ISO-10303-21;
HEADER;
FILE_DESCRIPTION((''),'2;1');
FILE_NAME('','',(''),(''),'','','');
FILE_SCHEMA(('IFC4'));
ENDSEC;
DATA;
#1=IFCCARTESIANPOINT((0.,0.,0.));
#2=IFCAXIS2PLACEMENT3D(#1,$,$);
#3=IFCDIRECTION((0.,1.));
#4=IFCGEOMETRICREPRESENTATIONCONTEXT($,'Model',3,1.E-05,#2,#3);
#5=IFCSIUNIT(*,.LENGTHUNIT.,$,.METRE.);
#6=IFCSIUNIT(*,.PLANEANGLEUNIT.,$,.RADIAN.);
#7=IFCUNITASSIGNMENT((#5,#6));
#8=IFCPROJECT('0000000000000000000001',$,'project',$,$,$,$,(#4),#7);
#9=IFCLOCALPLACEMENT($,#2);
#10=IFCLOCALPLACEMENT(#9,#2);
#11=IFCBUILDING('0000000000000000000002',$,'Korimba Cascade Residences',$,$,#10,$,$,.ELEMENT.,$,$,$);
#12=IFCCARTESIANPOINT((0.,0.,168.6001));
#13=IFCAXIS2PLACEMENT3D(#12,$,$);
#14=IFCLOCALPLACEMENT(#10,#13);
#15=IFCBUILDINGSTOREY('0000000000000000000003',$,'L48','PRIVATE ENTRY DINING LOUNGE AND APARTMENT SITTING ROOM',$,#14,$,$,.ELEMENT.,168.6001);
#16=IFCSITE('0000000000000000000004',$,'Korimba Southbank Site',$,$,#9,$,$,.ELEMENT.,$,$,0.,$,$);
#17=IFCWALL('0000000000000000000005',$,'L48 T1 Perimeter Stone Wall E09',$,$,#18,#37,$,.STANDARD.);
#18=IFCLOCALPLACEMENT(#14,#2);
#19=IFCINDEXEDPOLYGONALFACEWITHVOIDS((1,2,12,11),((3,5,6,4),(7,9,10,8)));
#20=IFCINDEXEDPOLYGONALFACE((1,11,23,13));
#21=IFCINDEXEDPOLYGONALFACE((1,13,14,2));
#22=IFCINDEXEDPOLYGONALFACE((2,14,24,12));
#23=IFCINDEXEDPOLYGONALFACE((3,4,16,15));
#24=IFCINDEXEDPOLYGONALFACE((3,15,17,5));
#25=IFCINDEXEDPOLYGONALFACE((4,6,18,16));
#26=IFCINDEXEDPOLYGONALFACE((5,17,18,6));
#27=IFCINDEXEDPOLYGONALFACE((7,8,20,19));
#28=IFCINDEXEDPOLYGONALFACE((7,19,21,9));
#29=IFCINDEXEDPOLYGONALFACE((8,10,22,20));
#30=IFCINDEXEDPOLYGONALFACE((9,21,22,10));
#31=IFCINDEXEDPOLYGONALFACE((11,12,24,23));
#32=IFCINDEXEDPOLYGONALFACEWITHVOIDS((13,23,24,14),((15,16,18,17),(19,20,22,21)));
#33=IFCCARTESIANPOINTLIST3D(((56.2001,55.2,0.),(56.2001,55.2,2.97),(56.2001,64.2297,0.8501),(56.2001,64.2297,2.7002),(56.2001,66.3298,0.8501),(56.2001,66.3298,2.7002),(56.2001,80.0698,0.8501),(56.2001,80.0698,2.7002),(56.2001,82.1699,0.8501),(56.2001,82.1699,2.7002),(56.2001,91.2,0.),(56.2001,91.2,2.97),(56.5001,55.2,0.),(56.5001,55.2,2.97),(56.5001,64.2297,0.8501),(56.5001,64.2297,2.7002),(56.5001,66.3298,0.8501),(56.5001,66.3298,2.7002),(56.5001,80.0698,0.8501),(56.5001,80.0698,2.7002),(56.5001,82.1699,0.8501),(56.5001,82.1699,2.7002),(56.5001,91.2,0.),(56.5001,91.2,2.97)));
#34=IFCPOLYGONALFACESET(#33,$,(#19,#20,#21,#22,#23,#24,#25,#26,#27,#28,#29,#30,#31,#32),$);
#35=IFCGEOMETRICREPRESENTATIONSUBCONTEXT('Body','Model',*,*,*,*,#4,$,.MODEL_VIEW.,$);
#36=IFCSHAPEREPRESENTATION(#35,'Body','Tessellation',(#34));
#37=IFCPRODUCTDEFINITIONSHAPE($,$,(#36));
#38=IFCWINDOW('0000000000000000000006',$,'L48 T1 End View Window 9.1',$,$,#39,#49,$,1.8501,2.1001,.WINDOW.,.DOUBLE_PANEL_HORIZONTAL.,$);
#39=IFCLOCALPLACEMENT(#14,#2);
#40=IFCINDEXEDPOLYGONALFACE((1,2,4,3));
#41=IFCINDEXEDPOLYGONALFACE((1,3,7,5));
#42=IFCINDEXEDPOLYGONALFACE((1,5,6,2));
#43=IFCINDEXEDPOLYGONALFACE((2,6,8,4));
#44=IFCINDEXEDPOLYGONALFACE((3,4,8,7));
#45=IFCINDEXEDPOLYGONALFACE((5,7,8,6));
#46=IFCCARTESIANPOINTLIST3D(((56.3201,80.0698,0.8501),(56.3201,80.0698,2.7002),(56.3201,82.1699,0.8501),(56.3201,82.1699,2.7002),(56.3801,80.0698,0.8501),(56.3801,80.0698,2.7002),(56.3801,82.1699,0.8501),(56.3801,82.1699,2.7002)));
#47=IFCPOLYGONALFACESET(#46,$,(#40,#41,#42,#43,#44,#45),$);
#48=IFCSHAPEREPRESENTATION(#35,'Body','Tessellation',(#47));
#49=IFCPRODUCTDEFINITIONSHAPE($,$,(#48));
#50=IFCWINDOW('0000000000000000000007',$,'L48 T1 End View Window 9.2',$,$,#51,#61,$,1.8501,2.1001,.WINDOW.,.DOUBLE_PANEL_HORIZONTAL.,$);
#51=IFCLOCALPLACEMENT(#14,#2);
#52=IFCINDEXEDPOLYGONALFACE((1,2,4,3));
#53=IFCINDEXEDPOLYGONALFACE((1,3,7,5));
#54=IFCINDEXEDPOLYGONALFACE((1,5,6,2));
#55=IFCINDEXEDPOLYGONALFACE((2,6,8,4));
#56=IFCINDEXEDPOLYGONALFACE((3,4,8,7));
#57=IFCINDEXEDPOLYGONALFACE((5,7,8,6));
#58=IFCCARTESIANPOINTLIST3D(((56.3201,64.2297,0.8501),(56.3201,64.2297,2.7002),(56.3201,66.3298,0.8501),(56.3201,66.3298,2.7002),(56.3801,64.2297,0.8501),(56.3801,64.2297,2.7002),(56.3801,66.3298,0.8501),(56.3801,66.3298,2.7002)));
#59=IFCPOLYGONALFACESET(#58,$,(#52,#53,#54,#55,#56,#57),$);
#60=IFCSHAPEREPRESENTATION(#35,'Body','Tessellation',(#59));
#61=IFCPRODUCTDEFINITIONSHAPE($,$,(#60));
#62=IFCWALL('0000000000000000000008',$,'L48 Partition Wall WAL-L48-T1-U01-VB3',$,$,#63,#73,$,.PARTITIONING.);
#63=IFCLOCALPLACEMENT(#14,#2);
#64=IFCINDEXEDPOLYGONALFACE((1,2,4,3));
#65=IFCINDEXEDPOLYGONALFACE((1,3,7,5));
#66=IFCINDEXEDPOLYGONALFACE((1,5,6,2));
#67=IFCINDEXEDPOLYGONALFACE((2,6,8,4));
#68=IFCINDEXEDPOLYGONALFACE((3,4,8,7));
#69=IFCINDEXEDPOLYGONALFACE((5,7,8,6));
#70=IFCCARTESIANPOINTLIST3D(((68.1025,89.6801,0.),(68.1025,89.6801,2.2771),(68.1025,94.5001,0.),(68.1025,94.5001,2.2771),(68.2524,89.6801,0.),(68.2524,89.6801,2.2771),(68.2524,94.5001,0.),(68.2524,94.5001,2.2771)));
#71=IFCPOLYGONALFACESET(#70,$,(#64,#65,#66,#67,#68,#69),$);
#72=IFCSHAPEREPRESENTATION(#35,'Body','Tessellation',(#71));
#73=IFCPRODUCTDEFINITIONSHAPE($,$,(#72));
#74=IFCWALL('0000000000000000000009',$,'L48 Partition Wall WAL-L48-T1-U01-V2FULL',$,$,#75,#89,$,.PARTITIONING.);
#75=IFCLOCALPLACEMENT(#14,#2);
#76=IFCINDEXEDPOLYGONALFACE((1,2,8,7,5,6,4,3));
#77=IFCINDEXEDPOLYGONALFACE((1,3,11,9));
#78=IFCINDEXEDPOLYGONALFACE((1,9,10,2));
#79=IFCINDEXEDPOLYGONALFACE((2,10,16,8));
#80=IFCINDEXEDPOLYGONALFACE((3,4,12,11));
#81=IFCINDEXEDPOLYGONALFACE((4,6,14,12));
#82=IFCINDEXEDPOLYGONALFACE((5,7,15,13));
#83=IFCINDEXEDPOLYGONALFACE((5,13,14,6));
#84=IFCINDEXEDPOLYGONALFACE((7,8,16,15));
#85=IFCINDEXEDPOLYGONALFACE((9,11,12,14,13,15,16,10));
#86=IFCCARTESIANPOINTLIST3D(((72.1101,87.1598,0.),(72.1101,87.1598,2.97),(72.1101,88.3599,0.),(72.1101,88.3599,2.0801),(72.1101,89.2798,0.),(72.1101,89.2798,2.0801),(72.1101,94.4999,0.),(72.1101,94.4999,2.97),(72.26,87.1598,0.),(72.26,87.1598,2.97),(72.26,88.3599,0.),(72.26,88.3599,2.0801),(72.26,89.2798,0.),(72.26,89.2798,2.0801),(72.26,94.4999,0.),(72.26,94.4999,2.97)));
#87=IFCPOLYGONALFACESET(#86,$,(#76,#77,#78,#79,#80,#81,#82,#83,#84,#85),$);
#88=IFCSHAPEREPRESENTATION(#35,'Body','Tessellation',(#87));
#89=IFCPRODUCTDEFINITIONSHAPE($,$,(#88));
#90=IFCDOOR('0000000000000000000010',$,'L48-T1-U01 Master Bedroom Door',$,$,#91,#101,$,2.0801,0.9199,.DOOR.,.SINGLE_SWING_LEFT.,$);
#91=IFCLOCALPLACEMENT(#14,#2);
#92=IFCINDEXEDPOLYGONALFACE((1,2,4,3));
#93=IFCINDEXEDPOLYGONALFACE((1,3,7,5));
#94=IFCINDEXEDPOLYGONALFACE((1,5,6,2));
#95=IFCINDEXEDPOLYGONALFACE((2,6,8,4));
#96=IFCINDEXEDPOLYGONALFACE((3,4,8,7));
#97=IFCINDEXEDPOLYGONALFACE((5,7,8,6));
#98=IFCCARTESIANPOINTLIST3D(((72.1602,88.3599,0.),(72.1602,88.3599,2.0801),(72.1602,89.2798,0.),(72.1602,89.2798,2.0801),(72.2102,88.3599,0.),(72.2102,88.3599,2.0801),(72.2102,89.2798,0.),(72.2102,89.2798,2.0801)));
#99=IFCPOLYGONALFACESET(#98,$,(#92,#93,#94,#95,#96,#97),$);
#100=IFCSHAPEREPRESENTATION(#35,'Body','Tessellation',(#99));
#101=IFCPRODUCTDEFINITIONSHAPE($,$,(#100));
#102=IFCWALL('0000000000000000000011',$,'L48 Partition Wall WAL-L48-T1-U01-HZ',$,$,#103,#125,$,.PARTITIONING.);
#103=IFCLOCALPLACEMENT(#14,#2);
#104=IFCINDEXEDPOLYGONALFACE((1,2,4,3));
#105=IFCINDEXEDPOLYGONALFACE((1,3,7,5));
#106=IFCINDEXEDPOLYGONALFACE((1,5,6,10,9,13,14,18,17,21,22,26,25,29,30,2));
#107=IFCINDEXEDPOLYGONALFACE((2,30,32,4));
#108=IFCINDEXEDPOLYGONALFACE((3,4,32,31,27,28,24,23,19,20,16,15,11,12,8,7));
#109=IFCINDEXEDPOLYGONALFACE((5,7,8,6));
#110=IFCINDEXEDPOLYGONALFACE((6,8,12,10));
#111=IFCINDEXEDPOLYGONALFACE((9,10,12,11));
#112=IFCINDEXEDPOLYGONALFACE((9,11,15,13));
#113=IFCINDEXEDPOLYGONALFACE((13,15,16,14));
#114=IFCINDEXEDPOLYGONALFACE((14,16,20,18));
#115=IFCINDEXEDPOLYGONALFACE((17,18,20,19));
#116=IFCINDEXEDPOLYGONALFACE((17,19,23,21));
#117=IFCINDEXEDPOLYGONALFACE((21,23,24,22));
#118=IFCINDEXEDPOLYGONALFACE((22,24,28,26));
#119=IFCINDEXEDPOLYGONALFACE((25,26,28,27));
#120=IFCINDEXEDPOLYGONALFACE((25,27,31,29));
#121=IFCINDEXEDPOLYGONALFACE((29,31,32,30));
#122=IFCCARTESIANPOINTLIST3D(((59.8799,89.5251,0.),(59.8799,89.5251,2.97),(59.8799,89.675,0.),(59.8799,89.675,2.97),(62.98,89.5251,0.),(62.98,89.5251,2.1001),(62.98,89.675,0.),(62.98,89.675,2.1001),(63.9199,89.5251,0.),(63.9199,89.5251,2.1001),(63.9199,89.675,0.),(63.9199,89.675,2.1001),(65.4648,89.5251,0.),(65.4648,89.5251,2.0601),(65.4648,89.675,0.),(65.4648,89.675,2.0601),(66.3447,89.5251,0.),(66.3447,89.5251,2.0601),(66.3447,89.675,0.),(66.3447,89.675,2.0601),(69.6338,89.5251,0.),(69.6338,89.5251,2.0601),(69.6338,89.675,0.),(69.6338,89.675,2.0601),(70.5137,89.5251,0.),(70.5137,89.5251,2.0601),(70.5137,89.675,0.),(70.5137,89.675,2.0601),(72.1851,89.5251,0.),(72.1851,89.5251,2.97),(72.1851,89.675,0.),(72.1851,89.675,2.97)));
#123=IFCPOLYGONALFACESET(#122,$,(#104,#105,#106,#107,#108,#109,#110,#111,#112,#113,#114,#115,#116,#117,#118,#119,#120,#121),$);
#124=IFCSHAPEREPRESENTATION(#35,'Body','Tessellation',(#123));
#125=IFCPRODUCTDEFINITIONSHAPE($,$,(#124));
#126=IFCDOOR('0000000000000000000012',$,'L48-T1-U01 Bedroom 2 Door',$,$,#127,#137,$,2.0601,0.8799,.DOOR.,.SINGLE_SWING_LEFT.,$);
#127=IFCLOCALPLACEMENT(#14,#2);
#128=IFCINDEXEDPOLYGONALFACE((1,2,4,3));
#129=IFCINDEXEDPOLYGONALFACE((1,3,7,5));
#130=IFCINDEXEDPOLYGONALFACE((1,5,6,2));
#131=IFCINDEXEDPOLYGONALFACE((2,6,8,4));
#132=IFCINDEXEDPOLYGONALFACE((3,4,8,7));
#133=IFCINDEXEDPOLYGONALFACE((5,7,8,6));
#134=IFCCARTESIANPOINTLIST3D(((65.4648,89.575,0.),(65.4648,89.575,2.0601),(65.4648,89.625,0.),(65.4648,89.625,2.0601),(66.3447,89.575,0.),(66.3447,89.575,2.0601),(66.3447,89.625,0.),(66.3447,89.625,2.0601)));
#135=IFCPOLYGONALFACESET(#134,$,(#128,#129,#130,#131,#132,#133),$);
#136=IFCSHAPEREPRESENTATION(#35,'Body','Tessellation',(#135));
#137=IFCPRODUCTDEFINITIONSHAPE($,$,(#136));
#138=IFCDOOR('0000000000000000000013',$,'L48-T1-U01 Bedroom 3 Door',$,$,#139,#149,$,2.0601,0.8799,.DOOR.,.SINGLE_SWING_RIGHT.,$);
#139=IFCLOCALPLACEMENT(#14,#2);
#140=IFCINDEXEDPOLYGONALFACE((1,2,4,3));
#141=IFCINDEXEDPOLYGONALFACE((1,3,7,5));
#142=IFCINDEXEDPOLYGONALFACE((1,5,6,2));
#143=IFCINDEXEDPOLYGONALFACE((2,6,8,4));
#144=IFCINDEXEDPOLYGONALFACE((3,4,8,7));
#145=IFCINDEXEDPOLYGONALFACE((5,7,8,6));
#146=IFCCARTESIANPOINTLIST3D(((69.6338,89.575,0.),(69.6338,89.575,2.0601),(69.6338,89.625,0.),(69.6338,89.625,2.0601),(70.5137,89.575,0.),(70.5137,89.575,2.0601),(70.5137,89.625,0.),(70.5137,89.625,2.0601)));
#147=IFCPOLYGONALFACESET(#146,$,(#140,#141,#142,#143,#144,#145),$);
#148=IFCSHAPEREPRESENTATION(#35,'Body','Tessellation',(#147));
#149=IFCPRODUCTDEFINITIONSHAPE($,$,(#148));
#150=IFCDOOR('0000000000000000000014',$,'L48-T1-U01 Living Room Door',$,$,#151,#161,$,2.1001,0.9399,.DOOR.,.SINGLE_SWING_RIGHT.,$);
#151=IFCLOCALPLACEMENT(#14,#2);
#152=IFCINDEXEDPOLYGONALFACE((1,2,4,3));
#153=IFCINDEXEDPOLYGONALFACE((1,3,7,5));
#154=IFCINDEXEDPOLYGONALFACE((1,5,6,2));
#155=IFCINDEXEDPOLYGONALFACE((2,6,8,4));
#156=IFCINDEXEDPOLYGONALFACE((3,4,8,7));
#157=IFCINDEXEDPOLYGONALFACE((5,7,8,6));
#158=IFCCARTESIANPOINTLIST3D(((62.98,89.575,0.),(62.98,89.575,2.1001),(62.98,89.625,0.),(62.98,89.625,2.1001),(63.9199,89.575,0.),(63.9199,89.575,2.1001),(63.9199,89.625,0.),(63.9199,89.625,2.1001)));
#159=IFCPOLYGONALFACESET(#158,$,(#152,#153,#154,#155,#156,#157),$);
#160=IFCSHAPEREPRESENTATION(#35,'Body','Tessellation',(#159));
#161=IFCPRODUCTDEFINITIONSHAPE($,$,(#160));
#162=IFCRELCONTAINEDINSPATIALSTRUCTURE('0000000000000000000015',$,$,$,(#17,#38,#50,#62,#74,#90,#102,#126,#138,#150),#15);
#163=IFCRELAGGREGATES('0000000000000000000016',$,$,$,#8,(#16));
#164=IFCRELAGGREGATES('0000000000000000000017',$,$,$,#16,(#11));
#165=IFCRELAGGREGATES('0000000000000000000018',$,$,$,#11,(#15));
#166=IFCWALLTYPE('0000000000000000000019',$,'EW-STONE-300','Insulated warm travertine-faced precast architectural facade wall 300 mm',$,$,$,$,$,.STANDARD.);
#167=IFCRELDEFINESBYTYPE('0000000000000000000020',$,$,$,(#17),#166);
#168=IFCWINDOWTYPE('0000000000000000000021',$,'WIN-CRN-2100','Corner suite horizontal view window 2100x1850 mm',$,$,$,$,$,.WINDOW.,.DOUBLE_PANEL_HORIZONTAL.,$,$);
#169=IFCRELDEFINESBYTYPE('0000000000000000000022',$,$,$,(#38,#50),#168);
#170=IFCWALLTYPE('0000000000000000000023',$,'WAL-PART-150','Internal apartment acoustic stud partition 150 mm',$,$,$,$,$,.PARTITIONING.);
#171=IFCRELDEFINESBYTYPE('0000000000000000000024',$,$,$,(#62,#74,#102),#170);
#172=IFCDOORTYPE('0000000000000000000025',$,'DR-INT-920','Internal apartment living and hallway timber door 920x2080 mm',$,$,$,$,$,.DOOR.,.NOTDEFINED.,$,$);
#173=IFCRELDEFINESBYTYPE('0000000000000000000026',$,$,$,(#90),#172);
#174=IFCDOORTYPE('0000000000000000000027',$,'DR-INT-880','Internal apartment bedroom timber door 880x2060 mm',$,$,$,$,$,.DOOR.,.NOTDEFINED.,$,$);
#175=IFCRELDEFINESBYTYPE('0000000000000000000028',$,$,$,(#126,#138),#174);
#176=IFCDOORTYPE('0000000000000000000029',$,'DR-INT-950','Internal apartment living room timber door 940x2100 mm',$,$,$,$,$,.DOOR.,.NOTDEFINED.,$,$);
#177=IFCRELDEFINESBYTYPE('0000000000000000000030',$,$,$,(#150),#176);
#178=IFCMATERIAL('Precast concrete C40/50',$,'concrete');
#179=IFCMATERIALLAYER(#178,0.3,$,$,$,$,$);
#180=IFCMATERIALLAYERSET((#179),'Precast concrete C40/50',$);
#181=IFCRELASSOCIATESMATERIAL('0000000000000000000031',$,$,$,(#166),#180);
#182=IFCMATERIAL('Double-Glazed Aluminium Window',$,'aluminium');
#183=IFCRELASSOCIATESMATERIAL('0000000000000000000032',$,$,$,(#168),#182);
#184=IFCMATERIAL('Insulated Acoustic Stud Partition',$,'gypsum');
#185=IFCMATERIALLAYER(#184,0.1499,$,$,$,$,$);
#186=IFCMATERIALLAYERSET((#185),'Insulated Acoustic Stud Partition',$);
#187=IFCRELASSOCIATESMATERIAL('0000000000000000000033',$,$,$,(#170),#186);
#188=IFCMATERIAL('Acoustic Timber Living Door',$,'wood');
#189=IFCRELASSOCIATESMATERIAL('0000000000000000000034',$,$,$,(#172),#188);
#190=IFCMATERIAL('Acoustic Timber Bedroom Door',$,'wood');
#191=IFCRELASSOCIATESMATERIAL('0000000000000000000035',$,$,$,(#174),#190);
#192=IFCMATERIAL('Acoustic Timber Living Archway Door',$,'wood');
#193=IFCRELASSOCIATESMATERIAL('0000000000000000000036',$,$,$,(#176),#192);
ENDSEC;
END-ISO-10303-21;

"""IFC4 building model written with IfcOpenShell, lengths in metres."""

from ifc_helpers import new_model, si_unit, direction, frame, frame_2d, origin, place, context, subcontext, project, spatial, rectangle, extrude, material, layer, layer_set, type_object, element, fill, save


model = new_model("IFC4")

# Units and contexts
model_context = context("Model", 3, precision=1e-05, world=origin(), true_north=direction((0.0, 1.0)))
body_context = subcontext(model_context, "Body", "Model", "MODEL_VIEW")
ifc_project = project(units=[si_unit("LENGTHUNIT", "METRE"), si_unit("PLANEANGLEUNIT", "RADIAN")], contexts=[model_context])

# Site, building, storey
site_placement = place(None, origin())
site = spatial("IfcSite", under=ifc_project, at=site_placement, Name="Korimba Southbank Site", CompositionType="ELEMENT", RefElevation=0.0)
building_placement = place(site_placement, origin())
building = spatial("IfcBuilding", under=site, at=building_placement, Name="Korimba Cascade Residences", CompositionType="ELEMENT")
storey_placement = place(building_placement, frame((0.0, 0.0, 168.6001)))
storey = spatial("IfcBuildingStorey", under=building, at=storey_placement, Name="L48", Description="PRIVATE ENTRY DINING LOUNGE AND APARTMENT SITTING ROOM", CompositionType="ELEMENT", Elevation=168.6001)

# Shared definitions
ifc_material_1 = material(Name="Precast concrete C40/50", Category="concrete")
ifc_layer_1 = layer(ifc_material_1, 0.3)
ifc_layer_set_1 = layer_set([ifc_layer_1], Name="Precast concrete C40/50")
wall_type_1 = type_object("IfcWallType", Name="EW-STONE-300", Description="Insulated warm travertine-faced precast architectural facade wall 300 mm", PredefinedType="STANDARD", material=ifc_layer_set_1)

# Wall, openings, windows
wall_1_placement = place(storey_placement, frame((56.3501, 91.2, 0.0), z_axis=(0.0, 0.0, 1.0), x_axis=(0.0, -1.0, 0.0)))
wall_1 = element("IfcWall", 1, at=wall_1_placement, inside=storey, type_object=wall_type_1, Name="L48 T1 Perimeter Stone Wall E09", PredefinedType="STANDARD", context=body_context, shape_type="SweptSolid", body=[
    extrude(rectangle(XDim=36.0, YDim=0.3, at=frame_2d((18.0, 0.0))), origin(), (0.0, 0.0, 1.0), 2.97),
])
opening_1_placement = place(wall_1_placement, frame((9.03, 0.0, 0.8501)))
opening_1 = element("IfcOpeningElement", 2, at=opening_1_placement, cuts=wall_1, PredefinedType="OPENING", context=body_context, shape_type="SweptSolid", body=[
    extrude(rectangle(XDim=2.1001, YDim=1.8501, at=frame_2d((1.05, 0.925))), frame((0.0, 0.1602, 0.0), z_axis=(0.0, -1.0, 0.0), x_axis=(1.0, 0.0, 0.0)), (0.0, 0.0, 1.0), 0.3201),
])
opening_2_placement = place(wall_1_placement, frame((24.8701, 0.0, 0.8501)))
opening_2 = element("IfcOpeningElement", 3, at=opening_2_placement, cuts=wall_1, PredefinedType="OPENING", context=body_context, shape_type="SweptSolid", body=[
    extrude(rectangle(XDim=2.1001, YDim=1.8501, at=frame_2d((1.05, 0.925))), frame((0.0, 0.1602, 0.0), z_axis=(0.0, -1.0, 0.0), x_axis=(1.0, 0.0, 0.0)), (0.0, 0.0, 1.0), 0.3201),
])
ifc_material_2 = material(Name="Double-Glazed Aluminium Window", Category="aluminium")
window_type = type_object("IfcWindowType", Name="WIN-CRN-2100", Description="Corner suite horizontal view window 2100x1850 mm", PartitioningType="DOUBLE_PANEL_HORIZONTAL", PredefinedType="WINDOW", material=ifc_material_2)
window_1_placement = place(opening_1_placement, origin())
window_1 = element("IfcWindow", 4, at=window_1_placement, inside=storey, type_object=window_type, Name="L48 T1 End View Window 9.1", OverallHeight=1.8501, OverallWidth=2.1001, PartitioningType="DOUBLE_PANEL_HORIZONTAL", PredefinedType="WINDOW", context=body_context, shape_type="SweptSolid", body=[
    extrude(rectangle(XDim=2.1001, YDim=1.8501, at=frame_2d((1.05, 0.925))), frame((0.0, 0.03, 0.0), z_axis=(0.0, -1.0, 0.0), x_axis=(1.0, 0.0, 0.0)), (0.0, 0.0, 1.0), 0.0601),
])
fill(opening_1, window_1)
window_2_placement = place(opening_2_placement, origin())
window_2 = element("IfcWindow", 5, at=window_2_placement, inside=storey, type_object=window_type, Name="L48 T1 End View Window 9.2", OverallHeight=1.8501, OverallWidth=2.1001, PartitioningType="DOUBLE_PANEL_HORIZONTAL", PredefinedType="WINDOW", context=body_context, shape_type="SweptSolid", body=[
    extrude(rectangle(XDim=2.1001, YDim=1.8501, at=frame_2d((1.05, 0.925))), frame((0.0, 0.03, 0.0), z_axis=(0.0, -1.0, 0.0), x_axis=(1.0, 0.0, 0.0)), (0.0, 0.0, 1.0), 0.0601),
])
fill(opening_2, window_2)

# Wall
ifc_material_3 = material(Name="Insulated Acoustic Stud Partition", Category="gypsum")
ifc_layer_2 = layer(ifc_material_3, 0.1499)
ifc_layer_set_2 = layer_set([ifc_layer_2], Name="Insulated Acoustic Stud Partition")
wall_type_2 = type_object("IfcWallType", Name="WAL-PART-150", Description="Internal apartment acoustic stud partition 150 mm", PredefinedType="PARTITIONING", material=ifc_layer_set_2)
wall_2_placement = place(storey_placement, frame((68.1775, 89.6799, 0.0), z_axis=(0.0, 0.0, 1.0), x_axis=(0.0, 1.0, 0.0)))
element("IfcWall", 6, at=wall_2_placement, inside=storey, type_object=wall_type_2, Name="L48 Partition Wall WAL-L48-T1-U01-VB3", PredefinedType="PARTITIONING", context=body_context, shape_type="SweptSolid", body=[
    extrude(rectangle(XDim=4.8201, YDim=0.1499, at=frame_2d((2.4102, 0.0))), origin(), (0.0, 0.0, 1.0), 2.2771),
])

# Wall, opening, door
wall_3_placement = place(storey_placement, frame((72.1851, 87.1599, 0.0), z_axis=(0.0, 0.0, 1.0), x_axis=(0.0, 1.0, 0.0)))
wall_3 = element("IfcWall", 7, at=wall_3_placement, inside=storey, type_object=wall_type_2, Name="L48 Partition Wall WAL-L48-T1-U01-V2FULL", PredefinedType="PARTITIONING", context=body_context, shape_type="SweptSolid", body=[
    extrude(rectangle(XDim=7.3401, YDim=0.1499, at=frame_2d((3.6699, 0.0))), origin(), (0.0, 0.0, 1.0), 2.97),
])
opening_3_placement = place(wall_3_placement, frame((1.2, 0.0, 0.0)))
opening_3 = element("IfcOpeningElement", 8, at=opening_3_placement, cuts=wall_3, PredefinedType="OPENING", context=body_context, shape_type="SweptSolid", body=[
    extrude(rectangle(XDim=0.9199, YDim=2.0801, at=frame_2d((0.46, 1.04))), frame((0.0, 0.085, 0.0), z_axis=(0.0, -1.0, 0.0), x_axis=(1.0, 0.0, 0.0)), (0.0, 0.0, 1.0), 0.1699),
])
ifc_material_4 = material(Name="Acoustic Timber Living Door", Category="wood")
door_type_1 = type_object("IfcDoorType", Name="DR-INT-920", Description="Internal apartment living and hallway timber door 920x2080 mm", OperationType="NOTDEFINED", PredefinedType="DOOR", material=ifc_material_4)
door_1_placement = place(opening_3_placement, origin())
door_1 = element("IfcDoor", 9, at=door_1_placement, inside=storey, type_object=door_type_1, Name="L48-T1-U01 Master Bedroom Door", OperationType="SINGLE_SWING_LEFT", OverallHeight=2.0801, OverallWidth=0.9199, PredefinedType="DOOR", context=body_context, shape_type="SweptSolid", body=[
    extrude(rectangle(XDim=0.9199, YDim=2.0801, at=frame_2d((0.46, 1.04))), frame((0.0, 0.0249, 0.0), z_axis=(0.0, -1.0, 0.0), x_axis=(1.0, 0.0, 0.0)), (0.0, 0.0, 1.0), 0.05),
])
fill(opening_3, door_1)

# Wall, openings, doors
wall_4_placement = place(storey_placement, frame((59.8799, 89.6001, 0.0), z_axis=(0.0, 0.0, 1.0), x_axis=(1.0, 0.0, 0.0)))
wall_4 = element("IfcWall", 10, at=wall_4_placement, inside=storey, type_object=wall_type_2, Name="L48 Partition Wall WAL-L48-T1-U01-HZ", PredefinedType="PARTITIONING", context=body_context, shape_type="SweptSolid", body=[
    extrude(rectangle(XDim=12.3052, YDim=0.1499, at=frame_2d((6.1526, 0.0))), origin(), (0.0, 0.0, 1.0), 2.97),
])
opening_4_placement = place(wall_4_placement, frame((3.1001, 0.0, 0.0)))
opening_4 = element("IfcOpeningElement", 11, at=opening_4_placement, cuts=wall_4, PredefinedType="OPENING", context=body_context, shape_type="SweptSolid", body=[
    extrude(rectangle(XDim=0.9399, YDim=2.1001, at=frame_2d((0.47, 1.05))), frame((0.0, 0.085, 0.0), z_axis=(0.0, -1.0, 0.0), x_axis=(1.0, 0.0, 0.0)), (0.0, 0.0, 1.0), 0.1699),
])
opening_5_placement = place(wall_4_placement, frame((5.585, 0.0, 0.0)))
opening_5 = element("IfcOpeningElement", 12, at=opening_5_placement, cuts=wall_4, PredefinedType="OPENING", context=body_context, shape_type="SweptSolid", body=[
    extrude(rectangle(XDim=0.8799, YDim=2.0601, at=frame_2d((0.4399, 1.03))), frame((0.0, 0.085, 0.0), z_axis=(0.0, -1.0, 0.0), x_axis=(1.0, 0.0, 0.0)), (0.0, 0.0, 1.0), 0.1699),
])
opening_6_placement = place(wall_4_placement, frame((9.7539, 0.0, 0.0)))
opening_6 = element("IfcOpeningElement", 13, at=opening_6_placement, cuts=wall_4, PredefinedType="OPENING", context=body_context, shape_type="SweptSolid", body=[
    extrude(rectangle(XDim=0.8799, YDim=2.0601, at=frame_2d((0.4399, 1.03))), frame((0.0, 0.085, 0.0), z_axis=(0.0, -1.0, 0.0), x_axis=(1.0, 0.0, 0.0)), (0.0, 0.0, 1.0), 0.1699),
])
ifc_material_5 = material(Name="Acoustic Timber Bedroom Door", Category="wood")
door_type_2 = type_object("IfcDoorType", Name="DR-INT-880", Description="Internal apartment bedroom timber door 880x2060 mm", OperationType="NOTDEFINED", PredefinedType="DOOR", material=ifc_material_5)
door_2_placement = place(opening_5_placement, origin())
door_2 = element("IfcDoor", 14, at=door_2_placement, inside=storey, type_object=door_type_2, Name="L48-T1-U01 Bedroom 2 Door", OperationType="SINGLE_SWING_LEFT", OverallHeight=2.0601, OverallWidth=0.8799, PredefinedType="DOOR", context=body_context, shape_type="SweptSolid", body=[
    extrude(rectangle(XDim=0.8799, YDim=2.0601, at=frame_2d((0.4399, 1.03))), frame((0.0, 0.0249, 0.0), z_axis=(0.0, -1.0, 0.0), x_axis=(1.0, 0.0, 0.0)), (0.0, 0.0, 1.0), 0.05),
])
fill(opening_5, door_2)
door_3_placement = place(opening_6_placement, origin())
door_3 = element("IfcDoor", 15, at=door_3_placement, inside=storey, type_object=door_type_2, Name="L48-T1-U01 Bedroom 3 Door", OperationType="SINGLE_SWING_RIGHT", OverallHeight=2.0601, OverallWidth=0.8799, PredefinedType="DOOR", context=body_context, shape_type="SweptSolid", body=[
    extrude(rectangle(XDim=0.8799, YDim=2.0601, at=frame_2d((0.4399, 1.03))), frame((0.0, 0.0249, 0.0), z_axis=(0.0, -1.0, 0.0), x_axis=(1.0, 0.0, 0.0)), (0.0, 0.0, 1.0), 0.05),
])
fill(opening_6, door_3)
ifc_material_6 = material(Name="Acoustic Timber Living Archway Door", Category="wood")
door_type_3 = type_object("IfcDoorType", Name="DR-INT-950", Description="Internal apartment living room timber door 940x2100 mm", OperationType="NOTDEFINED", PredefinedType="DOOR", material=ifc_material_6)
door_4_placement = place(opening_4_placement, origin())
door_4 = element("IfcDoor", 16, at=door_4_placement, inside=storey, type_object=door_type_3, Name="L48-T1-U01 Living Room Door", OperationType="SINGLE_SWING_RIGHT", OverallHeight=2.1001, OverallWidth=0.9399, PredefinedType="DOOR", context=body_context, shape_type="SweptSolid", body=[
    extrude(rectangle(XDim=0.9399, YDim=2.1001, at=frame_2d((0.47, 1.05))), frame((0.0, 0.0249, 0.0), z_axis=(0.0, -1.0, 0.0), x_axis=(1.0, 0.0, 0.0)), (0.0, 0.0, 1.0), 0.05),
])
fill(opening_4, door_4)

save(model, "model.ifc")
